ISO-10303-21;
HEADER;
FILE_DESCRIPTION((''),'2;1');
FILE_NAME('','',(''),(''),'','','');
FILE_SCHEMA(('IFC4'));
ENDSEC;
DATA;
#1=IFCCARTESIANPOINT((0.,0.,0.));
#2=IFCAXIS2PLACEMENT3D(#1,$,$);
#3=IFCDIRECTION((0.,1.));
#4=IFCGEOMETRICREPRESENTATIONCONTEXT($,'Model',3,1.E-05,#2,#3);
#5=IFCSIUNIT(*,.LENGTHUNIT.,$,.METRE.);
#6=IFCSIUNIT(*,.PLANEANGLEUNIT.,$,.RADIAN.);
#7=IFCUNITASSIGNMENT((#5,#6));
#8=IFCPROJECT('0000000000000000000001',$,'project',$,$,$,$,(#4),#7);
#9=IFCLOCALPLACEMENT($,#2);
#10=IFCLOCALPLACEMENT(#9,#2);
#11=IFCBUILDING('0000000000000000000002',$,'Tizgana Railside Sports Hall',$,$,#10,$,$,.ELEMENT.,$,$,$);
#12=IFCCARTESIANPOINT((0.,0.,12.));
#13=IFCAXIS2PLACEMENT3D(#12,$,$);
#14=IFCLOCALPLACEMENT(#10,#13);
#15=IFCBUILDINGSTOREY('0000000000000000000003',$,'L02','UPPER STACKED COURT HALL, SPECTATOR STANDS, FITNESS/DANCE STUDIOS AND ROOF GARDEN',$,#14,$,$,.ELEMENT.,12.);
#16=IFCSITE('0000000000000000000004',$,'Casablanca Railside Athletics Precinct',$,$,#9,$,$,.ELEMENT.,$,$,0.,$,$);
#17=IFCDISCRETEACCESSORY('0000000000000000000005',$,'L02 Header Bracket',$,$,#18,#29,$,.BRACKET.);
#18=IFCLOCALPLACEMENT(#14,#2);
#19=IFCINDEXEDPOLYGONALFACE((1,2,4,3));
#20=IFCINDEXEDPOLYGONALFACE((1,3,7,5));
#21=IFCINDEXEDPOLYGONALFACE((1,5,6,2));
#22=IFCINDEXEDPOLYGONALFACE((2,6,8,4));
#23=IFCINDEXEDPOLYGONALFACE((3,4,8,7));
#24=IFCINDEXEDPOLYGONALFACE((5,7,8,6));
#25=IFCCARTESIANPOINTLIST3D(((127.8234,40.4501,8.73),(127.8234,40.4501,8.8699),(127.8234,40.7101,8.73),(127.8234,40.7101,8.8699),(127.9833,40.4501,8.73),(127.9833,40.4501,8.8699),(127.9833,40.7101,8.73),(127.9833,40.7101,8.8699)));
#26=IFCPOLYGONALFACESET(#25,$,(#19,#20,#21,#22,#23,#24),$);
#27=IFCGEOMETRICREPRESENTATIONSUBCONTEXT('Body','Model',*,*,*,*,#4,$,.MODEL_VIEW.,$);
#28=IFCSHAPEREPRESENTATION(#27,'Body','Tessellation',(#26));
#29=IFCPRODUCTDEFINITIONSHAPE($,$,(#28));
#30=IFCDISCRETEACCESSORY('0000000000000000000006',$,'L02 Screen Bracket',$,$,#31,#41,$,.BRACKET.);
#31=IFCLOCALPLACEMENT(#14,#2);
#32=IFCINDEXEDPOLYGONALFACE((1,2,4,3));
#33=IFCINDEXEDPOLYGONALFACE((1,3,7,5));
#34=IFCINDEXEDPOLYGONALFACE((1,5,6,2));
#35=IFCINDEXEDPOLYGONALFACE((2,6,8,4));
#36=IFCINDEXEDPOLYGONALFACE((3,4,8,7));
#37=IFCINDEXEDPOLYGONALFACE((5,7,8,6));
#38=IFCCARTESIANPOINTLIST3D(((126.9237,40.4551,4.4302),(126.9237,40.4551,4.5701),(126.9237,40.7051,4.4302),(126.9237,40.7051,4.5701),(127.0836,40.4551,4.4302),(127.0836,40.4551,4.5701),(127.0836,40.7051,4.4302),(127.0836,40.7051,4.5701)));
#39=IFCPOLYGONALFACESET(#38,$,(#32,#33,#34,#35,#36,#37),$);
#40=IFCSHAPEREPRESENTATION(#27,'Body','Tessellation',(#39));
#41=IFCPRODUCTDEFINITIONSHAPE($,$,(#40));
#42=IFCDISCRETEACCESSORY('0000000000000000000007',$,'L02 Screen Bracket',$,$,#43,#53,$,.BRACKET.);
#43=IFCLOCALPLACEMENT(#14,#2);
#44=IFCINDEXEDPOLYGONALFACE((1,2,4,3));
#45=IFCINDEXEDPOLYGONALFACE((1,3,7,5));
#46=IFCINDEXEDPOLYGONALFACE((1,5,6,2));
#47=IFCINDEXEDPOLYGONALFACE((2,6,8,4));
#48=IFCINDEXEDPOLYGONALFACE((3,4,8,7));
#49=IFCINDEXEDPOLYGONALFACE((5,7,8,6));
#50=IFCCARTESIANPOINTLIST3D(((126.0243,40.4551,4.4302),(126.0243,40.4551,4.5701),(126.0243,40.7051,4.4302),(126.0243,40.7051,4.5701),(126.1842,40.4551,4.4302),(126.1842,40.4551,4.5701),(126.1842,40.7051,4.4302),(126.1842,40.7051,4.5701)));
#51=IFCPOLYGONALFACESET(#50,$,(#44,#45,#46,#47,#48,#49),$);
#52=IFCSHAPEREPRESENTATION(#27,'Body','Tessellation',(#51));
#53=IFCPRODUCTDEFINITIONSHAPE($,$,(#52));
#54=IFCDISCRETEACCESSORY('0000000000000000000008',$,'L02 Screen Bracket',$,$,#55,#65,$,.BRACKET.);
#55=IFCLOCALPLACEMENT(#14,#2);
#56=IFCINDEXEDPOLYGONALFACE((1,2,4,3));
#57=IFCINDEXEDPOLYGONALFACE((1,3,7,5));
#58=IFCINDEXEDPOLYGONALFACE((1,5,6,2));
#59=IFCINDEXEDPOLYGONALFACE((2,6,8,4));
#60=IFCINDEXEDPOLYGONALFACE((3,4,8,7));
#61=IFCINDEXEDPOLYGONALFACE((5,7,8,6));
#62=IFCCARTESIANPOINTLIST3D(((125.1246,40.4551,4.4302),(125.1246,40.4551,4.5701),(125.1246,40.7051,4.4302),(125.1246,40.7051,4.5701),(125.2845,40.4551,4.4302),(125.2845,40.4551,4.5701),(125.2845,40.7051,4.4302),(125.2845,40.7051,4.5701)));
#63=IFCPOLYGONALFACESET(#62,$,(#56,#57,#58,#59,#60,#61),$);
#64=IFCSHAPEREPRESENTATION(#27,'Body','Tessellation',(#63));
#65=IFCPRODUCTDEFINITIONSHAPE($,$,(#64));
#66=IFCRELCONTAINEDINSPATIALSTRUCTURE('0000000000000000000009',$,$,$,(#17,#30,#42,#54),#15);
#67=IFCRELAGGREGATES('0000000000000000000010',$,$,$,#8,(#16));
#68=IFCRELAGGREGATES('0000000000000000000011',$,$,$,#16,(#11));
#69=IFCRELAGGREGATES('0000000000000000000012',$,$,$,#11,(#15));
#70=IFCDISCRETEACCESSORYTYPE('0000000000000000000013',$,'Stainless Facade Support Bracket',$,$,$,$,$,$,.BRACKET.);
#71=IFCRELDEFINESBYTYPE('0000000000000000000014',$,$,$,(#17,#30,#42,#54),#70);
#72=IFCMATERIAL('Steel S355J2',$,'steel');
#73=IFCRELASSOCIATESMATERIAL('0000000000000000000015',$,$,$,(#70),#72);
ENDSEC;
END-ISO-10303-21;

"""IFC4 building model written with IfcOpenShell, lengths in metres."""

from ifc_helpers import new_model, si_unit, direction, frame, origin, origin_2d, place, context, subcontext, project, spatial, rectangle, extrude, material, type_object, element, save


model = new_model("IFC4")

# Units and contexts
model_context = context("Model", 3, precision=1e-05, world=origin(), true_north=direction((0.0, 1.0)))
body_context = subcontext(model_context, "Body", "Model", "MODEL_VIEW")
ifc_project = project(units=[si_unit("LENGTHUNIT", "METRE"), si_unit("PLANEANGLEUNIT", "RADIAN")], contexts=[model_context])

# Site, building, storey
site_placement = place(None, origin())
site = spatial("IfcSite", under=ifc_project, at=site_placement, Name="Casablanca Railside Athletics Precinct", CompositionType="ELEMENT", RefElevation=0.0)
building_placement = place(site_placement, origin())
building = spatial("IfcBuilding", under=site, at=building_placement, Name="Tizgana Railside Sports Hall", CompositionType="ELEMENT")
storey_placement = place(building_placement, frame((0.0, 0.0, 12.0)))
storey = spatial("IfcBuildingStorey", under=building, at=storey_placement, Name="L02", Description="UPPER STACKED COURT HALL, SPECTATOR STANDS, FITNESS/DANCE STUDIOS AND ROOF GARDEN", CompositionType="ELEMENT", Elevation=12.0)

# Discrete accessories
ifc_material_1 = material(Name="Steel S355J2", Category="steel")
discrete_accessory_type = type_object("IfcDiscreteAccessoryType", Name="Stainless Facade Support Bracket", PredefinedType="BRACKET", material=ifc_material_1)
for number, where, z_axis, x_axis, name in (
    (1, (127.9033, 40.5801, 8.73), (0.0, 0.0, 1.0), (-1.0, 0.0, 0.0), "L02 Header Bracket"),
):
    element("IfcDiscreteAccessory", number, at=place(storey_placement, frame(where, z_axis=z_axis, x_axis=x_axis)), inside=storey, type_object=discrete_accessory_type, Name=name, PredefinedType="BRACKET", context=body_context, shape_type="SweptSolid", body=[
        extrude(rectangle(XDim=0.1599, YDim=0.26, at=origin_2d()), origin(), (0.0, 0.0, 1.0), 0.1399),
    ])
for number, where, z_axis, x_axis, name in (
    (2, (127.0037, 40.5801, 4.4302), (0.0, 0.0, 1.0), (-1.0, 0.0, 0.0), "L02 Screen Bracket"),
    (3, (126.1042, 40.5801, 4.4302), (0.0, 0.0, 1.0), (-1.0, 0.0, 0.0), "L02 Screen Bracket"),
    (4, (125.2046, 40.5801, 4.4302), (0.0, 0.0, 1.0), (-1.0, 0.0, 0.0), "L02 Screen Bracket"),
):
    element("IfcDiscreteAccessory", number, at=place(storey_placement, frame(where, z_axis=z_axis, x_axis=x_axis)), inside=storey, type_object=discrete_accessory_type, Name=name, PredefinedType="BRACKET", context=body_context, shape_type="SweptSolid", body=[
        extrude(rectangle(XDim=0.1599, YDim=0.25, at=origin_2d()), origin(), (0.0, 0.0, 1.0), 0.1399),
    ])

save(model, "model.ifc")
